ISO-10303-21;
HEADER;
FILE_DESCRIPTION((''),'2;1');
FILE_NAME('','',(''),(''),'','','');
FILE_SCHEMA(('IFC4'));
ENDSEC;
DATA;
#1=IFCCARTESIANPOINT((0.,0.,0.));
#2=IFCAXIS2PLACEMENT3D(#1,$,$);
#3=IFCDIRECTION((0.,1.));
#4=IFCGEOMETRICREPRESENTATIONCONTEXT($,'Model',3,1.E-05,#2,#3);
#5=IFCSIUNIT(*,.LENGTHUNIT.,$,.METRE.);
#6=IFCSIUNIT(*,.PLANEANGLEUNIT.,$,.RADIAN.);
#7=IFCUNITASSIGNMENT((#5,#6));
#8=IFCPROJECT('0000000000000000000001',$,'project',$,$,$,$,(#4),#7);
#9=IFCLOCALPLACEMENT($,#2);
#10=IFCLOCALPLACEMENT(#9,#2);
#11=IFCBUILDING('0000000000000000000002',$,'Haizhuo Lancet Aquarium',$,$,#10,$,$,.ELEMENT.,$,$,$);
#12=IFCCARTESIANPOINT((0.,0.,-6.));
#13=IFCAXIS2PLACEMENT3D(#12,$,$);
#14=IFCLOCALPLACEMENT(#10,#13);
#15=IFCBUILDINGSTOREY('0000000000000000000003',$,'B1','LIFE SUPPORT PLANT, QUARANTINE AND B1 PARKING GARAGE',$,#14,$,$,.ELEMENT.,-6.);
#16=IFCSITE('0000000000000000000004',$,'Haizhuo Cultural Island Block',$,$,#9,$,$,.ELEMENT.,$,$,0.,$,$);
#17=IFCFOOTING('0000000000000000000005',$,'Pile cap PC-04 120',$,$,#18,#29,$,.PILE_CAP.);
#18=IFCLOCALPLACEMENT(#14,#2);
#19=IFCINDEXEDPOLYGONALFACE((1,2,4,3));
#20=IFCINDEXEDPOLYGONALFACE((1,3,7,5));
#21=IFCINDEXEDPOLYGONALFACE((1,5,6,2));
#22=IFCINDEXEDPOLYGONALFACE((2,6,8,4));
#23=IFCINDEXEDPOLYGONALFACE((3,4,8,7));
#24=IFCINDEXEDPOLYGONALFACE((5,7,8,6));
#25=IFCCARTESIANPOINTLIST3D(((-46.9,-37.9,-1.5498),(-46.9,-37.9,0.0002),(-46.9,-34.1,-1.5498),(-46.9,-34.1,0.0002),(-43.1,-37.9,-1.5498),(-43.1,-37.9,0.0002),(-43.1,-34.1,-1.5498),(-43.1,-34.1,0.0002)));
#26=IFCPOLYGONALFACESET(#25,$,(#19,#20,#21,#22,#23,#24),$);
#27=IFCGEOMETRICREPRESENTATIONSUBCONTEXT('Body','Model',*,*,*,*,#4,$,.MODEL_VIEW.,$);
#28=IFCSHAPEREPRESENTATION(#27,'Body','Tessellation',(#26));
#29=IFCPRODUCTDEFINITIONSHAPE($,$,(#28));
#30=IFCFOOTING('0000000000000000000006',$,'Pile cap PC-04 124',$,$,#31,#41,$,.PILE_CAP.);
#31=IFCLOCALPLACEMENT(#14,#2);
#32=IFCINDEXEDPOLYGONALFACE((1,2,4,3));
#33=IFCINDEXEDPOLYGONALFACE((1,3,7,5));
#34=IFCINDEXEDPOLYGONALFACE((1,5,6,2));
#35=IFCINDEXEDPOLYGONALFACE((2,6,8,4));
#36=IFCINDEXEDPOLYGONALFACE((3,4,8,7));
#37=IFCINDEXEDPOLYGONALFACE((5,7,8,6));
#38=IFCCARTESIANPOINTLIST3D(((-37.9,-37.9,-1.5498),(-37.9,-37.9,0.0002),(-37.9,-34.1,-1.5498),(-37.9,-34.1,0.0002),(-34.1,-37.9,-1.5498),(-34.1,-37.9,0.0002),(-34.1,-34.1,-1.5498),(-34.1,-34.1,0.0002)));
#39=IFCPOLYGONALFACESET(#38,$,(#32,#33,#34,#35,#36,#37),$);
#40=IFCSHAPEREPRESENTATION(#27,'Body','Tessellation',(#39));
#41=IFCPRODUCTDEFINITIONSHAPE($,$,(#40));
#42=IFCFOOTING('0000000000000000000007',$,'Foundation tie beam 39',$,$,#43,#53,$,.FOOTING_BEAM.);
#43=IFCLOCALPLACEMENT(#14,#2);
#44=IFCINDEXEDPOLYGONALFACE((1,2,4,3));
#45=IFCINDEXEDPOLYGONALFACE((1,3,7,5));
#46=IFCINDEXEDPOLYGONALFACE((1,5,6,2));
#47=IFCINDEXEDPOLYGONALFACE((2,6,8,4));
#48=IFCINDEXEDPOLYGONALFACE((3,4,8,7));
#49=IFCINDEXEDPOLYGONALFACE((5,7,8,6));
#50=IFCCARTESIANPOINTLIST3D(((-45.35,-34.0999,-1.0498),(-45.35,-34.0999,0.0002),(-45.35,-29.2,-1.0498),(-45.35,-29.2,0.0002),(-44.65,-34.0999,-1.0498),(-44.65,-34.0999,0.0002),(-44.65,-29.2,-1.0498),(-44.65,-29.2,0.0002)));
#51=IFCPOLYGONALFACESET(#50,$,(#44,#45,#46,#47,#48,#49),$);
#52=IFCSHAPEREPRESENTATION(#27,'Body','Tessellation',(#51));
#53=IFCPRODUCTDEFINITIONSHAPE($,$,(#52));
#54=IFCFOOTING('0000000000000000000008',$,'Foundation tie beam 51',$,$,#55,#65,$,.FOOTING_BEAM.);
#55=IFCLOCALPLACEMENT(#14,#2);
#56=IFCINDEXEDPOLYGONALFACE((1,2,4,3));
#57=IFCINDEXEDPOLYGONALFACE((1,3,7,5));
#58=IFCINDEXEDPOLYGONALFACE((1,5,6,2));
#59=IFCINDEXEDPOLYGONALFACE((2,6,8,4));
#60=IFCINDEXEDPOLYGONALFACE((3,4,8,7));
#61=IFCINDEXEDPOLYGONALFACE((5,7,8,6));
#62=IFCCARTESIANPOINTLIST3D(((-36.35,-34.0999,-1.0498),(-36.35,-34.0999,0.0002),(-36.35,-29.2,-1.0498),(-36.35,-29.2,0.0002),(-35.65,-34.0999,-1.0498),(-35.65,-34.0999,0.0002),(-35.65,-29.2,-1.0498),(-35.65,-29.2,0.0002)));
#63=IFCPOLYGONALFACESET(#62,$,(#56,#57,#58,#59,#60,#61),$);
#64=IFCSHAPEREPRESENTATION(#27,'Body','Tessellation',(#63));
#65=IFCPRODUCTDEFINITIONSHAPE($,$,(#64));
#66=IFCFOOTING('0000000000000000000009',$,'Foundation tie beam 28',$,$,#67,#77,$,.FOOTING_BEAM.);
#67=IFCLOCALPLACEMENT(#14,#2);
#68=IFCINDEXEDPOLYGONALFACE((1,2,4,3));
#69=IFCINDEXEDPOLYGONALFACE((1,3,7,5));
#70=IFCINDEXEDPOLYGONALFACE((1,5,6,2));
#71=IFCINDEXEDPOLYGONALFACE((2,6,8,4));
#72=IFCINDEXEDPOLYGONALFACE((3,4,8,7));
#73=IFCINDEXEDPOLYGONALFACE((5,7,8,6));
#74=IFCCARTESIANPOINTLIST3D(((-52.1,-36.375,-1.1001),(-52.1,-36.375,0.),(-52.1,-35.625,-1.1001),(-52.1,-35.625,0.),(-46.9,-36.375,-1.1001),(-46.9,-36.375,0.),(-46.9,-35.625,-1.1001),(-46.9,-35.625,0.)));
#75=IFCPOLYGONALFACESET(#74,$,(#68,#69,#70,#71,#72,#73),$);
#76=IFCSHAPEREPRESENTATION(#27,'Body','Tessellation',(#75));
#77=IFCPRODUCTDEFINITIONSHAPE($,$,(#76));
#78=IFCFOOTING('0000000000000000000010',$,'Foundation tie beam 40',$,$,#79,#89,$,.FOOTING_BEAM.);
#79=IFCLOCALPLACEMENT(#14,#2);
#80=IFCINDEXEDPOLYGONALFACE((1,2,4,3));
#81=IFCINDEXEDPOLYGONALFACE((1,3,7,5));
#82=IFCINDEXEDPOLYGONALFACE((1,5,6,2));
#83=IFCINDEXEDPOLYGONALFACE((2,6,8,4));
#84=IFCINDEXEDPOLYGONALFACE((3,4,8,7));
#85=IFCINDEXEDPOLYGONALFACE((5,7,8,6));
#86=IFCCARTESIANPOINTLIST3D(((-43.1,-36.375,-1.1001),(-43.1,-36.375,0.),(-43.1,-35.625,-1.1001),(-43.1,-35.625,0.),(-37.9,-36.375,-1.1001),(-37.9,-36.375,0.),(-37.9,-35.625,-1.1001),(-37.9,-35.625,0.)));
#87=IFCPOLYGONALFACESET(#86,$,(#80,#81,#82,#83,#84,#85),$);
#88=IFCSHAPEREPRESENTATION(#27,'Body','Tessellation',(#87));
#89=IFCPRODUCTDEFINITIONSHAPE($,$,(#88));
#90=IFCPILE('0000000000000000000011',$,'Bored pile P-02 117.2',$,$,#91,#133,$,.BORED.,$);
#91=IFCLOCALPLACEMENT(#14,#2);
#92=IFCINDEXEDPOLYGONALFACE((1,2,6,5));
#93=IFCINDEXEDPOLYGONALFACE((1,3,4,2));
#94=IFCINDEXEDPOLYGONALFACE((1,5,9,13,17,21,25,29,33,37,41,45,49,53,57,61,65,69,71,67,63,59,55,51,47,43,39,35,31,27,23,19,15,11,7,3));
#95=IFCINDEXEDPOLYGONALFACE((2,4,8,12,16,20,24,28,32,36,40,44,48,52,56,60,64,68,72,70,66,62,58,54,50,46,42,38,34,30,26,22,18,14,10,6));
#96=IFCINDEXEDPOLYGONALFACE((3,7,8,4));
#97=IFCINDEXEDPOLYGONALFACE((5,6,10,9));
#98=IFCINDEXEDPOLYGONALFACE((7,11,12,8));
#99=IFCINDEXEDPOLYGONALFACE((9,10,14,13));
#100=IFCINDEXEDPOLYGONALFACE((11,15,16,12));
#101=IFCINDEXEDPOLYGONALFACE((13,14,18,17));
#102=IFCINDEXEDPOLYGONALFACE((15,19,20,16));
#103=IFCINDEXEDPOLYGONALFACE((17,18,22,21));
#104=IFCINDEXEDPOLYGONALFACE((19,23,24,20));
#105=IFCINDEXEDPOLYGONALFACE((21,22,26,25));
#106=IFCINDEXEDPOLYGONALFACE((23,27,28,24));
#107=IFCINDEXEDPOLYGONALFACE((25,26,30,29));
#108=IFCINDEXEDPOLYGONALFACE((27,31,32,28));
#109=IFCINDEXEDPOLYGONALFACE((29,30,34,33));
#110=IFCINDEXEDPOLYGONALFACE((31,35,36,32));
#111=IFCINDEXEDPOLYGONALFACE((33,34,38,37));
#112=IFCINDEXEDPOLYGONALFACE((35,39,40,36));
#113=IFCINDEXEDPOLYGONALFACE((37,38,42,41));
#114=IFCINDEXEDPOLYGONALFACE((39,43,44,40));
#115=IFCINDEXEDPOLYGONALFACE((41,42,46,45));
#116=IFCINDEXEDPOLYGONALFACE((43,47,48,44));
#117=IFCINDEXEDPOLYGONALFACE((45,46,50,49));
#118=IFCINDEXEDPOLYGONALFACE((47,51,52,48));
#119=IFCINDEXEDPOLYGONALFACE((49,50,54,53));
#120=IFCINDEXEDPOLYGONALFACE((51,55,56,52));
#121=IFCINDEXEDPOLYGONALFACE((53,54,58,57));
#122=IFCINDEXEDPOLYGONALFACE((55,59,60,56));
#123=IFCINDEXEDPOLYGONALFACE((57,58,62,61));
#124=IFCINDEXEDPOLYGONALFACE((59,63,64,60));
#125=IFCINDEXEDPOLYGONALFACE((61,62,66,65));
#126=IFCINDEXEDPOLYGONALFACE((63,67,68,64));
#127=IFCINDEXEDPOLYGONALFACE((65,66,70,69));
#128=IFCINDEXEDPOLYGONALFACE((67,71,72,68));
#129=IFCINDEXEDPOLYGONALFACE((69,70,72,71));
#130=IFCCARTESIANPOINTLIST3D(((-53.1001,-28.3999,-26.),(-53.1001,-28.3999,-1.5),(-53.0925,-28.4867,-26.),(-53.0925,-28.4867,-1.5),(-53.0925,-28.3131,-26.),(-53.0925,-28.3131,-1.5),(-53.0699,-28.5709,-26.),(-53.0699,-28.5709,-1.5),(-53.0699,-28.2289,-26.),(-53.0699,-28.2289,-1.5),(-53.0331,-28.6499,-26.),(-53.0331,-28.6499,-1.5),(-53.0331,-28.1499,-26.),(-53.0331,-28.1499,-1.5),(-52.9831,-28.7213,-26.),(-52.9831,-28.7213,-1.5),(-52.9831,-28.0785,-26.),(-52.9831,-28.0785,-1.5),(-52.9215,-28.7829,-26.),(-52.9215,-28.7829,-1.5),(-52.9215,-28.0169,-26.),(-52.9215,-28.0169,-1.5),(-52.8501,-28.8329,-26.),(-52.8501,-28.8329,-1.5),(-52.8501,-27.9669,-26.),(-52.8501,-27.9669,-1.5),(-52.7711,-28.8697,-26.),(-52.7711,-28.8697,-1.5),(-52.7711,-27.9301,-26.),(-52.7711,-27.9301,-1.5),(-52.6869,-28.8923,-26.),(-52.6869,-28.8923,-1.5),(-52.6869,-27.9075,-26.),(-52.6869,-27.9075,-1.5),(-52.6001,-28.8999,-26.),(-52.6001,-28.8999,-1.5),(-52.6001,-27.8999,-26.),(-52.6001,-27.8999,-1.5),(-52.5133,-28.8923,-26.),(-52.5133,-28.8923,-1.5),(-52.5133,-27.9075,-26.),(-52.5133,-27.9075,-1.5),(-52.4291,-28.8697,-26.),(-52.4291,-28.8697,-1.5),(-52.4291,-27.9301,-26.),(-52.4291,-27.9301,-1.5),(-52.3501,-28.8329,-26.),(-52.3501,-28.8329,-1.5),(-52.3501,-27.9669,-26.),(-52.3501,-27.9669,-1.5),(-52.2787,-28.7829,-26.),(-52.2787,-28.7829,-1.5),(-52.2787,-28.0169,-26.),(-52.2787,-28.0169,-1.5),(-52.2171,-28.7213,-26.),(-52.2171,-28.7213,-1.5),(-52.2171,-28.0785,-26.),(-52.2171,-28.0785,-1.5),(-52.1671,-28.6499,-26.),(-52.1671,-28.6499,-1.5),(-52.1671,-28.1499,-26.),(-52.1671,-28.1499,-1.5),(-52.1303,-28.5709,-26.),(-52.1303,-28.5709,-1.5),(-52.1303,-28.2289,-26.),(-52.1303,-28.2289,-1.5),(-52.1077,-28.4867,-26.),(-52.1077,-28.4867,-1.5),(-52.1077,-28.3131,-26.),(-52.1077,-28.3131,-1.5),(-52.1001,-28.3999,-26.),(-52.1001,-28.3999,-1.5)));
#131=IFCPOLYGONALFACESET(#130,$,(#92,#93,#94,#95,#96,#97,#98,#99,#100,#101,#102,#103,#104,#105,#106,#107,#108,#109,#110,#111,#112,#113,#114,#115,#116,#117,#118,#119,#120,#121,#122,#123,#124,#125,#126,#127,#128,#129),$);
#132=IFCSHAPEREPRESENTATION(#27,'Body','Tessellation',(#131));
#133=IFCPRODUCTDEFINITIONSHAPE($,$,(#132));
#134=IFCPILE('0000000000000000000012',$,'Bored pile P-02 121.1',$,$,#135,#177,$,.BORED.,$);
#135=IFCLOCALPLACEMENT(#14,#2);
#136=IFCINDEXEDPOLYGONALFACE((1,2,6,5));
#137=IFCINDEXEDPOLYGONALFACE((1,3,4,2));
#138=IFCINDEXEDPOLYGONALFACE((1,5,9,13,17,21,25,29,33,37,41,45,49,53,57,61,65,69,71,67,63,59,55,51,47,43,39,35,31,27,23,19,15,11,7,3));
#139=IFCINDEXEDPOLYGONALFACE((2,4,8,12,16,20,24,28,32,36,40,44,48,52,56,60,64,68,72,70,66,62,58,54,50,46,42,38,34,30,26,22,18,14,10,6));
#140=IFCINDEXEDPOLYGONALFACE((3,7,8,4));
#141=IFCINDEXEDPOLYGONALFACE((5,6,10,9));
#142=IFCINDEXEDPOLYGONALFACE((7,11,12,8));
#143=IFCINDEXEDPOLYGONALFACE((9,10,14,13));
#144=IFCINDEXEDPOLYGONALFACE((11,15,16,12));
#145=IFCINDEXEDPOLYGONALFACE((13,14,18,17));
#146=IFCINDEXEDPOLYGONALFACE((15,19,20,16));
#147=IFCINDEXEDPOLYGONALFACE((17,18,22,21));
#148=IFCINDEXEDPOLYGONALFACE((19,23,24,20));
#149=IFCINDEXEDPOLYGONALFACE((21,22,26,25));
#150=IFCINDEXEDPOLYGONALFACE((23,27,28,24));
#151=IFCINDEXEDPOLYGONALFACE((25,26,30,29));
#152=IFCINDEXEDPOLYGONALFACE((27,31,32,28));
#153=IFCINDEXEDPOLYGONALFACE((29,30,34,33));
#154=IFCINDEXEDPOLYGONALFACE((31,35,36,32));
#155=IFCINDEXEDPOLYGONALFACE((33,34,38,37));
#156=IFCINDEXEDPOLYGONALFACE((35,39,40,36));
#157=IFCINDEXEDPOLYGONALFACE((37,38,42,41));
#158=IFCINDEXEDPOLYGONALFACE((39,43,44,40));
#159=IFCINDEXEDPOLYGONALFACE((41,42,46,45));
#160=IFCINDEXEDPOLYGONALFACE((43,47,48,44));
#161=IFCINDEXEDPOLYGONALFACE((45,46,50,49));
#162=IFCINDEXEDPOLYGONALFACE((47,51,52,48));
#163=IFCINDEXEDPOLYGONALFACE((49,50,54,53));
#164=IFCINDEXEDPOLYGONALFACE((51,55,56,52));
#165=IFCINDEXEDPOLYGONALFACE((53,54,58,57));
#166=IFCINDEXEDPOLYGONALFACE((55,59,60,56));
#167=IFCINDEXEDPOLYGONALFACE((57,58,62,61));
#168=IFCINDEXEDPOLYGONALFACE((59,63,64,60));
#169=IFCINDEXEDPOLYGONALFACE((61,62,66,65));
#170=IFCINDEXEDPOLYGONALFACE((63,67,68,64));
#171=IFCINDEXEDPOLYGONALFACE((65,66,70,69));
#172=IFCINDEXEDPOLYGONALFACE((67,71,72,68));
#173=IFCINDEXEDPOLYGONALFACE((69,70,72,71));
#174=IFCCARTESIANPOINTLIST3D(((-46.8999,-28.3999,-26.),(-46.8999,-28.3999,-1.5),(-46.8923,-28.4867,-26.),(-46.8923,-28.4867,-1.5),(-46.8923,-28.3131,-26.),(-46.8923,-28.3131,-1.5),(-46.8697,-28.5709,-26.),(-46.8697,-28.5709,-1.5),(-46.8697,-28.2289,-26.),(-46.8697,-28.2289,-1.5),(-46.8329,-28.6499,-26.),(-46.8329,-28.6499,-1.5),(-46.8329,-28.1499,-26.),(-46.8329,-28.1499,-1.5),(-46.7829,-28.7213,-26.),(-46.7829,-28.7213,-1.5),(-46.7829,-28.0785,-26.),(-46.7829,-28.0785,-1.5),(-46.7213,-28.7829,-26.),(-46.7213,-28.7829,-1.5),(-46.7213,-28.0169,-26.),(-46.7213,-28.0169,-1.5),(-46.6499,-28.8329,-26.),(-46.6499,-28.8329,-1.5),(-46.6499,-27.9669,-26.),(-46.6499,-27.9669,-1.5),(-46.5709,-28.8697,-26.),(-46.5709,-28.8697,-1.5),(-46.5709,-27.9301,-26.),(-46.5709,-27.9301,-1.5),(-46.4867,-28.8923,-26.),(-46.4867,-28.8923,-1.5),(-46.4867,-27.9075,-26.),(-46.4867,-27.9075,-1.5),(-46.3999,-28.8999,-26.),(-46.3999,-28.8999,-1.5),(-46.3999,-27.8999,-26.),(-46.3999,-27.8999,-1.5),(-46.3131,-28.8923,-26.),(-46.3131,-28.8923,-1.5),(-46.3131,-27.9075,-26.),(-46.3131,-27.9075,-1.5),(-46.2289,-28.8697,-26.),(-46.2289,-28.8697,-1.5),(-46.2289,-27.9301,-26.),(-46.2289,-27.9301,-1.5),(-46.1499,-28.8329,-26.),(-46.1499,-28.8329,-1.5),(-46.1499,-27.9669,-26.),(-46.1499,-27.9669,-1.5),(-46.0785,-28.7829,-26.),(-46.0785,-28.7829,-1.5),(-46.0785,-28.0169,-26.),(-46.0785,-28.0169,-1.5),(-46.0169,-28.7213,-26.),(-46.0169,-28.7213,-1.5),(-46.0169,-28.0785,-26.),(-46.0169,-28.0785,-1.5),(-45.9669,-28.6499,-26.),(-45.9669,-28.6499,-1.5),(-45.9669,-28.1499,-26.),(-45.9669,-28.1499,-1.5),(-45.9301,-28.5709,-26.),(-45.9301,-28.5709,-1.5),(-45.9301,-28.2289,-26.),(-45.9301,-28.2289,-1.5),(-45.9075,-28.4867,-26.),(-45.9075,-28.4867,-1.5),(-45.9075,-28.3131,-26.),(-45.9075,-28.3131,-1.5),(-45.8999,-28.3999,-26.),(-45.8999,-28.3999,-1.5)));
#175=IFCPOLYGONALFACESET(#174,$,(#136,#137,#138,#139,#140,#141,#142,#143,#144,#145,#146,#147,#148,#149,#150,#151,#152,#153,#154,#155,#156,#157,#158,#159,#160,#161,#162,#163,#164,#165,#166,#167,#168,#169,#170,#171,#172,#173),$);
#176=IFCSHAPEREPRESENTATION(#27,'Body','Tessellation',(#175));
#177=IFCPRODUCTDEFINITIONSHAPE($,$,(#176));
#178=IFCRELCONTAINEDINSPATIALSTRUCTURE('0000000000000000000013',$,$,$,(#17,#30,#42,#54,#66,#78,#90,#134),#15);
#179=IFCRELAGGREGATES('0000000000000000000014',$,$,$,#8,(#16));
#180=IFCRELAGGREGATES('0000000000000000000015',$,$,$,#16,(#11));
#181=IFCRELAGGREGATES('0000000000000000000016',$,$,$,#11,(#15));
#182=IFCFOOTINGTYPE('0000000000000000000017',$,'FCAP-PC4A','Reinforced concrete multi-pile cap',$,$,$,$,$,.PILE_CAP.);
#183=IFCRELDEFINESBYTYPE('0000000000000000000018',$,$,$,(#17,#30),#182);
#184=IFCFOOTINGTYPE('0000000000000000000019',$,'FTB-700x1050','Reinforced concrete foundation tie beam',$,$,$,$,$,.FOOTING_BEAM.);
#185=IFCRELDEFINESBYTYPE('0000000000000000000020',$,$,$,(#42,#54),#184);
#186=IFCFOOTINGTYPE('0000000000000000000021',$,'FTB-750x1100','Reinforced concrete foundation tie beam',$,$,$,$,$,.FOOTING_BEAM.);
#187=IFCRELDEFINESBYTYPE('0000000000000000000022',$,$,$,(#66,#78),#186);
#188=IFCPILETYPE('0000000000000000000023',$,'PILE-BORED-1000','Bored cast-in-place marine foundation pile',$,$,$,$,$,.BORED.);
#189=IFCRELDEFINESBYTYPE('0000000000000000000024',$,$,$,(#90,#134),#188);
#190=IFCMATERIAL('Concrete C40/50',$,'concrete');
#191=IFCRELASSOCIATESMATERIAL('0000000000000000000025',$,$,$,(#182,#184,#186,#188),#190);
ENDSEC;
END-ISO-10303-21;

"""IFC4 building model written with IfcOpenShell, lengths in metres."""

from ifc_helpers import new_model, si_unit, direction, frame, origin, origin_2d, place, context, subcontext, project, spatial, rectangle, circle, extrude, material, material_profile, profile_set, type_object, element, save


model = new_model("IFC4")

# Units and contexts
model_context = context("Model", 3, precision=1e-05, world=origin(), true_north=direction((0.0, 1.0)))
body_context = subcontext(model_context, "Body", "Model", "MODEL_VIEW")
ifc_project = project(units=[si_unit("LENGTHUNIT", "METRE"), si_unit("PLANEANGLEUNIT", "RADIAN")], contexts=[model_context])

# Site, building, storey
site_placement = place(None, origin())
site = spatial("IfcSite", under=ifc_project, at=site_placement, Name="Haizhuo Cultural Island Block", CompositionType="ELEMENT", RefElevation=0.0)
building_placement = place(site_placement, origin())
building = spatial("IfcBuilding", under=site, at=building_placement, Name="Haizhuo Lancet Aquarium", CompositionType="ELEMENT")
storey_placement = place(building_placement, frame((0.0, 0.0, -6.0)))
storey = spatial("IfcBuildingStorey", under=building, at=storey_placement, Name="B1", Description="LIFE SUPPORT PLANT, QUARANTINE AND B1 PARKING GARAGE", CompositionType="ELEMENT", Elevation=-6.0)

# Footings
ifc_material_1 = material(Name="Concrete C40/50", Category="concrete")
footing_type_1 = type_object("IfcFootingType", Name="FCAP-PC4A", Description="Reinforced concrete multi-pile cap", PredefinedType="PILE_CAP", material=ifc_material_1)
for number, where, z_axis, x_axis, name in (
    (1, (-45.0, -36.0, -1.5498), (0.0, 0.0, 1.0), (1.0, 0.0, 0.0), "Pile cap PC-04 120"),
    (2, (-36.0, -36.0, -1.5498), (0.0, 0.0, 1.0), (1.0, 0.0, 0.0), "Pile cap PC-04 124"),
):
    element("IfcFooting", number, at=place(storey_placement, frame(where, z_axis=z_axis, x_axis=x_axis)), inside=storey, type_object=footing_type_1, Name=name, PredefinedType="PILE_CAP", context=body_context, shape_type="SweptSolid", body=[
        extrude(rectangle(XDim=3.8, YDim=3.8, at=origin_2d()), origin(), (0.0, 0.0, 1.0), 1.55),
    ])
footing_type_2 = type_object("IfcFootingType", Name="FTB-700x1050", Description="Reinforced concrete foundation tie beam", PredefinedType="FOOTING_BEAM", material=ifc_material_1)
for number, where, z_axis, x_axis, name in (
    (3, (-45.0, -31.6499, -1.0498), (0.0, 0.0, 1.0), (0.0, 1.0, 0.0), "Foundation tie beam 39"),
    (4, (-36.0, -31.6499, -1.0498), (0.0, 0.0, 1.0), (0.0, 1.0, 0.0), "Foundation tie beam 51"),
):
    element("IfcFooting", number, at=place(storey_placement, frame(where, z_axis=z_axis, x_axis=x_axis)), inside=storey, type_object=footing_type_2, Name=name, PredefinedType="FOOTING_BEAM", context=body_context, shape_type="SweptSolid", body=[
        extrude(rectangle(XDim=4.8999, YDim=0.7, at=origin_2d()), origin(), (0.0, 0.0, 1.0), 1.05),
    ])
footing_type_3 = type_object("IfcFootingType", Name="FTB-750x1100", Description="Reinforced concrete foundation tie beam", PredefinedType="FOOTING_BEAM", material=ifc_material_1)
for number, where, z_axis, x_axis, name in (
    (5, (-49.5, -36.0, -1.1001), (0.0, 0.0, 1.0), (1.0, 0.0, 0.0), "Foundation tie beam 28"),
    (6, (-40.5, -36.0, -1.1001), (0.0, 0.0, 1.0), (1.0, 0.0, 0.0), "Foundation tie beam 40"),
):
    element("IfcFooting", number, at=place(storey_placement, frame(where, z_axis=z_axis, x_axis=x_axis)), inside=storey, type_object=footing_type_3, Name=name, PredefinedType="FOOTING_BEAM", context=body_context, shape_type="SweptSolid", body=[
        extrude(rectangle(XDim=5.2, YDim=0.75, at=origin_2d()), origin(), (0.0, 0.0, 1.0), 1.1001),
    ])

# Piles
ifc_material_profile_1 = material_profile(ifc_material_1, circle(Radius=0.5, at=origin_2d()), Name="PILE-1000")
ifc_profile_set_1 = profile_set([ifc_material_profile_1], Name="Concrete C40/50")
pile_type_1 = type_object("IfcPileType", Name="PILE-BORED-1000", Description="Bored cast-in-place marine foundation pile", PredefinedType="BORED", material=ifc_profile_set_1)
for number, where, z_axis, x_axis, name in (
    (7, (-52.6001, -28.3999, -1.5), (0.0, 0.0, -1.0), (1.0, 0.0, 0.0), "Bored pile P-02 117.2"),
    (8, (-46.3999, -28.3999, -1.5), (0.0, 0.0, -1.0), (1.0, 0.0, 0.0), "Bored pile P-02 121.1"),
):
    element("IfcPile", number, at=place(storey_placement, frame(where, z_axis=z_axis, x_axis=x_axis)), inside=storey, type_object=pile_type_1, Name=name, PredefinedType="BORED", context=body_context, shape_type="SweptSolid", body=[
        extrude(circle(Radius=0.5, at=origin_2d()), origin(), (0.0, 0.0, 1.0), 24.5),
    ])

save(model, "model.ifc")
